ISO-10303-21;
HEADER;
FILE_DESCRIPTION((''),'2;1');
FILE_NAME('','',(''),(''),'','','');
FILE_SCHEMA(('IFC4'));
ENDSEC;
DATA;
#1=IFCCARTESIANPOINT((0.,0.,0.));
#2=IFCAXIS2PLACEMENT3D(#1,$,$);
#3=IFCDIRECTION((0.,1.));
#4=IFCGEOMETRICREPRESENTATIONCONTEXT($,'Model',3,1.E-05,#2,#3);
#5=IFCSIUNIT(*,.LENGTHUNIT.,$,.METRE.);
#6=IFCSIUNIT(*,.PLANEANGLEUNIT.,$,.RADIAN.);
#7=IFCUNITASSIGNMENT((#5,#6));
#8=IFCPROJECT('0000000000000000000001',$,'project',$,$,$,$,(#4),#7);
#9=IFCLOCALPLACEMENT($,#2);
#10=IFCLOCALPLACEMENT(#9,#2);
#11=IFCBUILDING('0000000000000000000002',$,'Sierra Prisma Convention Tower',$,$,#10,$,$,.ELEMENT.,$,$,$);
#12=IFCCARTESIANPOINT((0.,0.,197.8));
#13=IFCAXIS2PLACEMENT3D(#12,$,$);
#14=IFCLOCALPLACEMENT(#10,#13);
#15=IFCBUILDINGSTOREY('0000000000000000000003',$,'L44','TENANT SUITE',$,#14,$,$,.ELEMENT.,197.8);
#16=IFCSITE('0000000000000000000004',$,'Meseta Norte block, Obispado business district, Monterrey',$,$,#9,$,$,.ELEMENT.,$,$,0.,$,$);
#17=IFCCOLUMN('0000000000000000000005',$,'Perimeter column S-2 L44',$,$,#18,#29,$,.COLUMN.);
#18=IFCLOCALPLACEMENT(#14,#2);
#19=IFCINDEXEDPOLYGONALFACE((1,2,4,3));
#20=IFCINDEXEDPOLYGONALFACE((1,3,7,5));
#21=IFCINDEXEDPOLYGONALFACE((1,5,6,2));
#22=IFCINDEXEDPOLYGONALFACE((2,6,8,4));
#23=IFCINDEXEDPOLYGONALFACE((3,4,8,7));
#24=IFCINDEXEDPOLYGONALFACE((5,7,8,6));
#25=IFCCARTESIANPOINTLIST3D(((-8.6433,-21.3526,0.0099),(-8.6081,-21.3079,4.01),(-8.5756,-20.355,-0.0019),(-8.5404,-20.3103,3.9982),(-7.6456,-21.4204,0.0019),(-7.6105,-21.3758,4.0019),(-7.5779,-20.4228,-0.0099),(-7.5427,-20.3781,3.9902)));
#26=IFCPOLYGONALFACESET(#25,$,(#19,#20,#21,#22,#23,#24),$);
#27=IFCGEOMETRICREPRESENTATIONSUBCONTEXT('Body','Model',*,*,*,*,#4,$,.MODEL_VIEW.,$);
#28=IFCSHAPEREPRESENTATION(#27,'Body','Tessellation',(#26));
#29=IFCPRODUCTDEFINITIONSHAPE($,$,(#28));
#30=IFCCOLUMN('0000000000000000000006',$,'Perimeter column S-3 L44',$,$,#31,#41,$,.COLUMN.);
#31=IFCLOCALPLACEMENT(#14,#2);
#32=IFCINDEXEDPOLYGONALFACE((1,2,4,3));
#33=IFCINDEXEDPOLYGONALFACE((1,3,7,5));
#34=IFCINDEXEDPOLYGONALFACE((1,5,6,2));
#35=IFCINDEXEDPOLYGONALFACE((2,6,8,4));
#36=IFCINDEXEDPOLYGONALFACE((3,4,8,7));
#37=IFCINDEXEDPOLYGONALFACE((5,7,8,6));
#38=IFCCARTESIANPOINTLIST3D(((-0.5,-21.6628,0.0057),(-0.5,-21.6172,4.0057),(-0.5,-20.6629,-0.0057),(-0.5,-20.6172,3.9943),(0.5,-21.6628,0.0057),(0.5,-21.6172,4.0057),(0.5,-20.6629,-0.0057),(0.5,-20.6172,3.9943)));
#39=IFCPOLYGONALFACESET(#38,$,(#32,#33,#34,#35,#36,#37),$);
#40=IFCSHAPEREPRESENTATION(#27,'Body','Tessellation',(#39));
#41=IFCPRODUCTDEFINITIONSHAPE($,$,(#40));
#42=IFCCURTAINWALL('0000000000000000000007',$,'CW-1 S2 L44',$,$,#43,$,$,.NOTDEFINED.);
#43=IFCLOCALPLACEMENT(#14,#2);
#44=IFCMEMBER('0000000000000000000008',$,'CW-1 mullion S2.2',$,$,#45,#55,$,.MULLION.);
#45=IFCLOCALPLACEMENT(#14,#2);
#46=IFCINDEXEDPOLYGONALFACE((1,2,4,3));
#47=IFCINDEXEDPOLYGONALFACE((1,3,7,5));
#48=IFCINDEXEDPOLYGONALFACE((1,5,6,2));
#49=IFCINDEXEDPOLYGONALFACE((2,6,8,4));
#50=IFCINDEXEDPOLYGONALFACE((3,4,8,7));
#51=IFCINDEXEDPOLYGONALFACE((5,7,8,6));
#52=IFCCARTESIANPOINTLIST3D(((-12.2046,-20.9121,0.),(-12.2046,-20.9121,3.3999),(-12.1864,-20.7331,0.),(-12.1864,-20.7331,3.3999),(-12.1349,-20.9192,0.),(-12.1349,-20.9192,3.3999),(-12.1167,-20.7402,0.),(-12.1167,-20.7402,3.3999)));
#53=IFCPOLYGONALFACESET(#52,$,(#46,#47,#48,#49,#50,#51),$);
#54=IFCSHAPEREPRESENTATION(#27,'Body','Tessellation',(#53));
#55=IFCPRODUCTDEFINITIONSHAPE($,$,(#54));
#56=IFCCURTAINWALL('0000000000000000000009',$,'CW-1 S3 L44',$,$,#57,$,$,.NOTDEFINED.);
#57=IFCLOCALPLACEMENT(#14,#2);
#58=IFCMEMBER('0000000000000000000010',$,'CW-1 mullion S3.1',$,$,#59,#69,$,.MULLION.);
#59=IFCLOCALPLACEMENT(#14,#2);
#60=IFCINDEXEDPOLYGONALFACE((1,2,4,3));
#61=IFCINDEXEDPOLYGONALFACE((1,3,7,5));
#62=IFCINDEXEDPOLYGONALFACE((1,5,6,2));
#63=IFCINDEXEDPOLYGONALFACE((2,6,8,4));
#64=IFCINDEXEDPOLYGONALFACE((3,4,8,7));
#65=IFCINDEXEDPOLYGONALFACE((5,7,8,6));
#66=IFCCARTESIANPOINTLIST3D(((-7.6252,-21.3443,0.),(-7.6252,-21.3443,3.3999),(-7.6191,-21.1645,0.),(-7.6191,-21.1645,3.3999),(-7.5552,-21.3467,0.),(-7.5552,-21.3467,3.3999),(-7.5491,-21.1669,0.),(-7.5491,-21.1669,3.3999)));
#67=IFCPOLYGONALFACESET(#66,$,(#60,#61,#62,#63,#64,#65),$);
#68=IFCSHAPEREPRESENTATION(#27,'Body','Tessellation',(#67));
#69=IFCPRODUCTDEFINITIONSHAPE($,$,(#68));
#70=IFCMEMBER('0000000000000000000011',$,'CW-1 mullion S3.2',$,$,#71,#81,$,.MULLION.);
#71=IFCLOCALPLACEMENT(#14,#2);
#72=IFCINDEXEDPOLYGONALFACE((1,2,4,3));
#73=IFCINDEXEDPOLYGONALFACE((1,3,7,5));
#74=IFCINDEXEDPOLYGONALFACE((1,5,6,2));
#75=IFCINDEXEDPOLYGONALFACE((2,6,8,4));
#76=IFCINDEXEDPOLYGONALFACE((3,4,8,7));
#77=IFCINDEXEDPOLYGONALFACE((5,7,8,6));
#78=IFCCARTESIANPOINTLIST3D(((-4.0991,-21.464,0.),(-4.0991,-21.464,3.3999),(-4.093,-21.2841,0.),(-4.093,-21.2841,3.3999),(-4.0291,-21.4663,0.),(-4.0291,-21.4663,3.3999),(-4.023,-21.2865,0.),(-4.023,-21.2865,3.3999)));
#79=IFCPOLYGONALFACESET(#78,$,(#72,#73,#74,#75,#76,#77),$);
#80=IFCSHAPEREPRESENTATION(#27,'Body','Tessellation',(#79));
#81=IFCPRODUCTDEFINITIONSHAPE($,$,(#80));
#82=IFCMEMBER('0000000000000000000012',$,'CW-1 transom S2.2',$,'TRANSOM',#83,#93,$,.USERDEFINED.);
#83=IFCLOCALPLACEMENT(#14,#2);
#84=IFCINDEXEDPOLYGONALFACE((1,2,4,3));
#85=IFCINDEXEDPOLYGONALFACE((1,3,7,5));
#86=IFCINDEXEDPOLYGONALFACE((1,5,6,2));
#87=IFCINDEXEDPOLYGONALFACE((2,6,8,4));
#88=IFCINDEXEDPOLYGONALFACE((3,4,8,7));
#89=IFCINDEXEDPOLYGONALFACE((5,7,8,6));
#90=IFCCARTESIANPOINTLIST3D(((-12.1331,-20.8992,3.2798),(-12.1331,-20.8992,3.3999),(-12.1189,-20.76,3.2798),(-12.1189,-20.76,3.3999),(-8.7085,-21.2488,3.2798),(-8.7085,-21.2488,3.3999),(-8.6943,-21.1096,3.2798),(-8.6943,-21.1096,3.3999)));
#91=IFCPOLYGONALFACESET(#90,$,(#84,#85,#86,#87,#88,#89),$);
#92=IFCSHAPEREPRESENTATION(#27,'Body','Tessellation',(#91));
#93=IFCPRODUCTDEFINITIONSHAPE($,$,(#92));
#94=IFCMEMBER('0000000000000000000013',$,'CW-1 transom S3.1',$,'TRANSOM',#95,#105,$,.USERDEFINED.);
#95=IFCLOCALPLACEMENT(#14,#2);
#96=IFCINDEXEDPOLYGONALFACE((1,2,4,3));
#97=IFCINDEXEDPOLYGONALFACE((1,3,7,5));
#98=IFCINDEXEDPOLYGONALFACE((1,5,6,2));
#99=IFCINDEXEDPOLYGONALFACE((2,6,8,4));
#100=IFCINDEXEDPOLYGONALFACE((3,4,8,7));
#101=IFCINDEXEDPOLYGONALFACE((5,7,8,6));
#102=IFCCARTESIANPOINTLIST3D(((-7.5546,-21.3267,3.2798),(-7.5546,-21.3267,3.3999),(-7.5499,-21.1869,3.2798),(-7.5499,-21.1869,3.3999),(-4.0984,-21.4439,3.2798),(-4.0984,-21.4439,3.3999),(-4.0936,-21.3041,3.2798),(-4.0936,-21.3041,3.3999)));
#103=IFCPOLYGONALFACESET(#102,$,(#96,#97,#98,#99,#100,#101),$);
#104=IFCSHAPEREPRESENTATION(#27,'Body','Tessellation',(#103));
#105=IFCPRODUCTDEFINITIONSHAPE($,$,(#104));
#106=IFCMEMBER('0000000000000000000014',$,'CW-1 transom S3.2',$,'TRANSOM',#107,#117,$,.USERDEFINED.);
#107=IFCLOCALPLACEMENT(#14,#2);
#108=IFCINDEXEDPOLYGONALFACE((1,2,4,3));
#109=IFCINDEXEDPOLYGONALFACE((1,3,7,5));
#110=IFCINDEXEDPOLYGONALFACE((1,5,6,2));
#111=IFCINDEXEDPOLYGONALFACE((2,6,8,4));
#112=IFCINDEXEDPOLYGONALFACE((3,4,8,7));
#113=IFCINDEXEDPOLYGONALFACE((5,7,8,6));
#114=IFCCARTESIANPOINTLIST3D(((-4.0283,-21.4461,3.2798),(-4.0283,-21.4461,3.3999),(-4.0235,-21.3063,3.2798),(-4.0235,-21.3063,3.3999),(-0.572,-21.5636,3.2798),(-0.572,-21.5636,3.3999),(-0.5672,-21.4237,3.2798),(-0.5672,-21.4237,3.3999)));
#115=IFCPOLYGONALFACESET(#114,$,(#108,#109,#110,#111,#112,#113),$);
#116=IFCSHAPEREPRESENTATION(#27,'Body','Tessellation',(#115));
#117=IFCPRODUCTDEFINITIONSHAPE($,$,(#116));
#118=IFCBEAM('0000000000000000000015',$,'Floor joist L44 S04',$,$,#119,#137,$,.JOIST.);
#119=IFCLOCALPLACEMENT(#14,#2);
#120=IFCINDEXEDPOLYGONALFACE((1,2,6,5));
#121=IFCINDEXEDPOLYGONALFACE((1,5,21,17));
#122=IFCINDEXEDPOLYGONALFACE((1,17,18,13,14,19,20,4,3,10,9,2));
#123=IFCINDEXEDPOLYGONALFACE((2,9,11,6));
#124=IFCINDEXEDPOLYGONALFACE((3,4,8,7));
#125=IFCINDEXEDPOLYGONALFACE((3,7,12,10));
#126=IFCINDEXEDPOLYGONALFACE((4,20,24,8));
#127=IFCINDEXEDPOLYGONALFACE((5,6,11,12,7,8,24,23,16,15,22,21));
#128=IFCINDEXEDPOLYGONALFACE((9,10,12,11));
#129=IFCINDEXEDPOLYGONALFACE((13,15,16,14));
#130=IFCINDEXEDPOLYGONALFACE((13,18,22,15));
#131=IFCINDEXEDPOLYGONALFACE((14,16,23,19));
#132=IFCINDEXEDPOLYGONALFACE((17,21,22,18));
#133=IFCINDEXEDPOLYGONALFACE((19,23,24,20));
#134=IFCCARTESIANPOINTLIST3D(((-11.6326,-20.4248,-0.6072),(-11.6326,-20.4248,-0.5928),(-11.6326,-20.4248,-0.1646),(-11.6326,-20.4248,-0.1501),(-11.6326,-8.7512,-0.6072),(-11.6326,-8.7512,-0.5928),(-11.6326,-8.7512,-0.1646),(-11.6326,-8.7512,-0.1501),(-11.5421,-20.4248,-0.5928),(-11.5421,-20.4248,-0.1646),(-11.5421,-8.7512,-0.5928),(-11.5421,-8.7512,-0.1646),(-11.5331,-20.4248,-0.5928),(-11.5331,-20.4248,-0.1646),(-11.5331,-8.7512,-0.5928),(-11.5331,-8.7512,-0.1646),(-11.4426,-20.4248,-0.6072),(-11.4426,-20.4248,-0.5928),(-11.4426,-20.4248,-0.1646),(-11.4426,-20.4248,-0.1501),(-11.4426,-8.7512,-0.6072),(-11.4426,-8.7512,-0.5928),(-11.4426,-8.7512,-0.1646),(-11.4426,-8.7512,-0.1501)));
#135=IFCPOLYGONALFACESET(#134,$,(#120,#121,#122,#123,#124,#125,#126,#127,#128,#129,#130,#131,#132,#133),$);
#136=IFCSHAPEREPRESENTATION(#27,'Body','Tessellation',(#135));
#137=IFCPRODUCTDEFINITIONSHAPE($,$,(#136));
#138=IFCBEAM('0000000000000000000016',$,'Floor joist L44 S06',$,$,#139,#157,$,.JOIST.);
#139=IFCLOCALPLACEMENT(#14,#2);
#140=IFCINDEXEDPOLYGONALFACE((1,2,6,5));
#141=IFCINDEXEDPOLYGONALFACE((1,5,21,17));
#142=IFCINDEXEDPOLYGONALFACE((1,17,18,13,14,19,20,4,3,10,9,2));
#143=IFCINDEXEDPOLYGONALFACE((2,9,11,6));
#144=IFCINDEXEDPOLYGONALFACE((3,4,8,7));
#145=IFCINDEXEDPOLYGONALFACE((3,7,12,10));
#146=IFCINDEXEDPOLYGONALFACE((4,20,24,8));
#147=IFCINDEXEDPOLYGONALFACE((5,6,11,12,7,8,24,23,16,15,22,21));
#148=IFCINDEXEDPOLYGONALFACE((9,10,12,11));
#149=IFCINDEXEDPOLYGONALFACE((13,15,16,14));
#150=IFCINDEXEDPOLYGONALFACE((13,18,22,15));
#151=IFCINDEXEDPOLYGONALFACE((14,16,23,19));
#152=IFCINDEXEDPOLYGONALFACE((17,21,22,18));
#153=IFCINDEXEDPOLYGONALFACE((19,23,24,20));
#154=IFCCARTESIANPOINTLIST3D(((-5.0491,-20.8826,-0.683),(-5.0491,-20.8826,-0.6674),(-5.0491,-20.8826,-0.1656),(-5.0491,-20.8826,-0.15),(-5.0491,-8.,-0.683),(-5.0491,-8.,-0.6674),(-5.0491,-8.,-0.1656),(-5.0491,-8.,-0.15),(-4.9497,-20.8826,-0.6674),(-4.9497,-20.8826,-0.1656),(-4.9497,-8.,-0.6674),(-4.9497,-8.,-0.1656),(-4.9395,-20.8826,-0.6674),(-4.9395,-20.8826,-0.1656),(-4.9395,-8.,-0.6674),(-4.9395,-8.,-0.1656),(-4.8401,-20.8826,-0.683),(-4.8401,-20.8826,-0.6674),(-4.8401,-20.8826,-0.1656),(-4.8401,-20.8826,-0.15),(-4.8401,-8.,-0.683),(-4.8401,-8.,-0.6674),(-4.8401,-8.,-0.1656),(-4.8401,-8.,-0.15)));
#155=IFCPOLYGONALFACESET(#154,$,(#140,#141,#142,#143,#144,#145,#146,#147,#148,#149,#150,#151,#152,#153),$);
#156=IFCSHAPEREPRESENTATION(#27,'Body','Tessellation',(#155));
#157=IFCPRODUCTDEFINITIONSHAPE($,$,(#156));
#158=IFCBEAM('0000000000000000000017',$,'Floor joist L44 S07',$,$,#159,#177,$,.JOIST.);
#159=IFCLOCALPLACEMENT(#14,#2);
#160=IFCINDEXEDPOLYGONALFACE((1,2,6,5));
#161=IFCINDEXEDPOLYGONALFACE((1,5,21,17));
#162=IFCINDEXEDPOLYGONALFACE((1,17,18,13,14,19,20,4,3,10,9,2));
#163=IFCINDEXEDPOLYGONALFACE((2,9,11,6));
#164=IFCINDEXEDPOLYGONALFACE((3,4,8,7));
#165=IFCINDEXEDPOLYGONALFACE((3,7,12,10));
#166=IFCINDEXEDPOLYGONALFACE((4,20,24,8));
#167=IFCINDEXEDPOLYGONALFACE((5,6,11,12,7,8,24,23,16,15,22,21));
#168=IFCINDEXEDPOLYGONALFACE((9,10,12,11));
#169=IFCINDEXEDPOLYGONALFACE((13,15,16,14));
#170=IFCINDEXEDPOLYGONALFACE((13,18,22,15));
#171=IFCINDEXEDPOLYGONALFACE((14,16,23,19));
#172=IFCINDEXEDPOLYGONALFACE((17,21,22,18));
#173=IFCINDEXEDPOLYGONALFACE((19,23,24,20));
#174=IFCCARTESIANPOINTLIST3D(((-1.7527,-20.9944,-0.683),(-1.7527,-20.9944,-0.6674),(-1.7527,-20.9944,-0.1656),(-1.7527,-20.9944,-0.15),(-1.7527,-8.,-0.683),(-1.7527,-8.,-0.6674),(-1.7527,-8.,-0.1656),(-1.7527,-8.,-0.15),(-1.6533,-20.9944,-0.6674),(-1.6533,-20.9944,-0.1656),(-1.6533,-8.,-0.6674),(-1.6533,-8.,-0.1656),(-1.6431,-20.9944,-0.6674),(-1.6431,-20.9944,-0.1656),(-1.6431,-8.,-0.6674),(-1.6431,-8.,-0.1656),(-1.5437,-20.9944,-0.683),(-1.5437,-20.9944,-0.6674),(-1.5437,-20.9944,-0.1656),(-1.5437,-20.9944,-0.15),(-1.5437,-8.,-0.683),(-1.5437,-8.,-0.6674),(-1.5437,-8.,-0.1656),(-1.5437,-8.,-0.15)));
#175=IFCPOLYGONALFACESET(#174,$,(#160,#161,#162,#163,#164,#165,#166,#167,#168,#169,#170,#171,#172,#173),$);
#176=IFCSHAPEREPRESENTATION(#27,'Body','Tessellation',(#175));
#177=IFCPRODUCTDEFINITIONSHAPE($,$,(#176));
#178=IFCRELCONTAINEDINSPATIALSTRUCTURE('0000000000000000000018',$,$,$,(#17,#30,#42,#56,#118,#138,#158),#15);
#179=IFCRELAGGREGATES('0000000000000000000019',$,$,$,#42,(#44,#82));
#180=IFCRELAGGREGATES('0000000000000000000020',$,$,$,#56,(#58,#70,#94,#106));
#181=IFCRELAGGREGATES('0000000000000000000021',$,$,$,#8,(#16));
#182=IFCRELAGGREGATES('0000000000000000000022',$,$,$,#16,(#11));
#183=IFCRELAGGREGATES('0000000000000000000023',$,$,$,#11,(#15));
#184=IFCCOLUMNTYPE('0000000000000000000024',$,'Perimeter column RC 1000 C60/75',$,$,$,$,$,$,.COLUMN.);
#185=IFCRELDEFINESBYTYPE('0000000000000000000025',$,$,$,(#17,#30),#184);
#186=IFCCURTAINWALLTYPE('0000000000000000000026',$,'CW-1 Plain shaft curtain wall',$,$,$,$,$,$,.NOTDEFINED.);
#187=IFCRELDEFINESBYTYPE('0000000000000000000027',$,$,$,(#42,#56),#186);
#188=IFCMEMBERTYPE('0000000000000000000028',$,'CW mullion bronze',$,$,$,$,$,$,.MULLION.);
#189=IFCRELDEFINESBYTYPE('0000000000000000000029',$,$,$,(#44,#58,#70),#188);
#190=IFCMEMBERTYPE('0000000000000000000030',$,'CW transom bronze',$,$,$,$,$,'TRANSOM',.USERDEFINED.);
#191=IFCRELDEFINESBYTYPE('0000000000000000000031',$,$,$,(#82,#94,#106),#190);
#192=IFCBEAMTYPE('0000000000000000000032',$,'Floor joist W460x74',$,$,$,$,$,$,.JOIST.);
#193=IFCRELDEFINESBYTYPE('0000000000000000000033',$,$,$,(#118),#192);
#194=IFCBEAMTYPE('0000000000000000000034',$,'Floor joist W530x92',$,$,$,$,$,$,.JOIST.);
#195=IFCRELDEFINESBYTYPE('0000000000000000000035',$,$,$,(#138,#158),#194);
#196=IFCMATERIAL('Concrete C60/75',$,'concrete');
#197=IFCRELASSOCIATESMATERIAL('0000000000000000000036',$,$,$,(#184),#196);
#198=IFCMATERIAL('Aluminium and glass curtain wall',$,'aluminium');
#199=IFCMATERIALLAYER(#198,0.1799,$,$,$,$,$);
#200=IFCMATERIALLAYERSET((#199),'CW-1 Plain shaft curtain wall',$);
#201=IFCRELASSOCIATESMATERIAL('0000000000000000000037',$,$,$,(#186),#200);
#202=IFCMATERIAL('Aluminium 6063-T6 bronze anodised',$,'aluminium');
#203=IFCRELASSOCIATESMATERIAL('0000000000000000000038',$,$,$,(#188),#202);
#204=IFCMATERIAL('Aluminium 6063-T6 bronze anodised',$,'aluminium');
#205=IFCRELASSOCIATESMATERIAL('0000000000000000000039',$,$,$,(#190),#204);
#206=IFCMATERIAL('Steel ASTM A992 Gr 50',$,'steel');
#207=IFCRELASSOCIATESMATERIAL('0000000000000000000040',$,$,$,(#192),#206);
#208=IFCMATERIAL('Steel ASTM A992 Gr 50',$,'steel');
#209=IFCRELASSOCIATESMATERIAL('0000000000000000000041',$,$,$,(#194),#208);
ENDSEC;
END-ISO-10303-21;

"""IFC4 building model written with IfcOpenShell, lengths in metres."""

from ifc_helpers import new_model, si_unit, direction, frame, origin, origin_2d, place, context, subcontext, project, spatial, rectangle, i_section, extrude, material, layer, layer_set, material_profile, profile_set, type_object, element, aggregate, save


model = new_model("IFC4")

# Units and contexts
model_context = context("Model", 3, precision=1e-05, world=origin(), true_north=direction((0.0, 1.0)))
body_context = subcontext(model_context, "Body", "Model", "MODEL_VIEW")
ifc_project = project(units=[si_unit("LENGTHUNIT", "METRE"), si_unit("PLANEANGLEUNIT", "RADIAN")], contexts=[model_context])

# Site, building, storey
site_placement = place(None, origin())
site = spatial("IfcSite", under=ifc_project, at=site_placement, Name="Meseta Norte block, Obispado business district, Monterrey", CompositionType="ELEMENT", RefElevation=0.0)
building_placement = place(site_placement, origin())
building = spatial("IfcBuilding", under=site, at=building_placement, Name="Sierra Prisma Convention Tower", CompositionType="ELEMENT")
storey_placement = place(building_placement, frame((0.0, 0.0, 197.8)))
storey = spatial("IfcBuildingStorey", under=building, at=storey_placement, Name="L44", Description="TENANT SUITE", CompositionType="ELEMENT", Elevation=197.8)

# Columns
ifc_material_1 = material(Name="Concrete C60/75", Category="concrete")
ifc_material_profile_1 = material_profile(ifc_material_1, rectangle(XDim=1.0, YDim=1.0, at=origin_2d()), Name="Perimeter column RC 1000 C60/75")
ifc_profile_set_1 = profile_set([ifc_material_profile_1], Name="Concrete C60/75")
column_type = type_object("IfcColumnType", Name="Perimeter column RC 1000 C60/75", PredefinedType="COLUMN", material=ifc_profile_set_1)
column_1_placement = place(storey_placement, frame((-8.1106, -20.8877, 0.0), z_axis=(0.008788, 0.011168, 0.999899), x_axis=(-0.997664, 0.067841, 0.008011)))
element("IfcColumn", 1, at=column_1_placement, inside=storey, type_object=column_type, Name="Perimeter column S-2 L44", PredefinedType="COLUMN", context=body_context, shape_type="SweptSolid", body=[
    extrude(rectangle(XDim=1.0, YDim=1.0, at=origin_2d()), origin(), (0.0, 0.0, 1.0), 4.0005),
])
column_2_placement = place(storey_placement, frame((0.0, -21.1628, 0.0), z_axis=(0.0, 0.011413, 0.999935), x_axis=(1.0, 0.0, 0.0)))
element("IfcColumn", 2, at=column_2_placement, inside=storey, type_object=column_type, Name="Perimeter column S-3 L44", PredefinedType="COLUMN", context=body_context, shape_type="SweptSolid", body=[
    extrude(rectangle(XDim=1.0, YDim=1.0, at=origin_2d()), origin(), (0.0, 0.0, 1.0), 4.0002),
])

# Curtain wall, member
ifc_material_2 = material(Name="Aluminium and glass curtain wall", Category="aluminium")
ifc_layer_1 = layer(ifc_material_2, 0.1799)
ifc_layer_set_1 = layer_set([ifc_layer_1], Name="CW-1 Plain shaft curtain wall")
curtain_wall_type = type_object("IfcCurtainWallType", Name="CW-1 Plain shaft curtain wall", PredefinedType="NOTDEFINED", material=ifc_layer_set_1)
curtain_wall_1_placement = place(storey_placement, origin())
curtain_wall_1 = element("IfcCurtainWall", 3, at=curtain_wall_1_placement, inside=storey, type_object=curtain_wall_type, Name="CW-1 S2 L44", PredefinedType="NOTDEFINED")
ifc_material_3 = material(Name="Aluminium 6063-T6 bronze anodised", Category="aluminium")
ifc_material_profile_2 = material_profile(ifc_material_3, rectangle(XDim=0.1799, YDim=0.0701, at=origin_2d()), Name="ALU MULLION 70x180")
ifc_profile_set_2 = profile_set([ifc_material_profile_2], Name="Aluminium 6063-T6 bronze anodised")
member_type_1 = type_object("IfcMemberType", Name="CW mullion bronze", PredefinedType="MULLION", material=ifc_profile_set_2)
member_1_placement = place(storey_placement, frame((-12.1606, -20.8262, 0.0), z_axis=(0.0, 0.0, 1.0), x_axis=(0.101523, 0.994833, 0.0)))
member_1 = element("IfcMember", 4, at=member_1_placement, type_object=member_type_1, Name="CW-1 mullion S2.2", PredefinedType="MULLION", context=body_context, shape_type="SweptSolid", body=[
    extrude(rectangle(XDim=0.1799, YDim=0.0701, at=origin_2d()), origin(), (0.0, 0.0, 1.0), 3.3999),
])

# Curtain wall, members
curtain_wall_2_placement = place(storey_placement, origin())
curtain_wall_2 = element("IfcCurtainWall", 5, at=curtain_wall_2_placement, inside=storey, type_object=curtain_wall_type, Name="CW-1 S3 L44", PredefinedType="NOTDEFINED")
member_2_placement = place(storey_placement, frame((-7.5872, -21.2556, 0.0), z_axis=(0.0, 0.0, 1.0), x_axis=(0.033893, 0.999425, 0.0)))
member_2 = element("IfcMember", 6, at=member_2_placement, type_object=member_type_1, Name="CW-1 mullion S3.1", PredefinedType="MULLION", context=body_context, shape_type="SweptSolid", body=[
    extrude(rectangle(XDim=0.1799, YDim=0.0701, at=origin_2d()), origin(), (0.0, 0.0, 1.0), 3.3999),
])
member_3_placement = place(storey_placement, frame((-4.061, -21.3752, 0.0), z_axis=(0.0, 0.0, 1.0), x_axis=(0.033893, 0.999425, 0.0)))
member_3 = element("IfcMember", 7, at=member_3_placement, type_object=member_type_1, Name="CW-1 mullion S3.2", PredefinedType="MULLION", context=body_context, shape_type="SweptSolid", body=[
    extrude(rectangle(XDim=0.1799, YDim=0.0701, at=origin_2d()), origin(), (0.0, 0.0, 1.0), 3.3999),
])

# Members
ifc_material_4 = material(Name="Aluminium 6063-T6 bronze anodised", Category="aluminium")
ifc_material_profile_3 = material_profile(ifc_material_4, rectangle(XDim=0.1399, YDim=0.1201, at=origin_2d()), Name="ALU TRANSOM 120x140")
ifc_profile_set_3 = profile_set([ifc_material_profile_3], Name="Aluminium 6063-T6 bronze anodised")
member_type_2 = type_object("IfcMemberType", Name="CW transom bronze", ElementType="TRANSOM", PredefinedType="USERDEFINED", material=ifc_profile_set_3)
member_4_placement = place(storey_placement, frame((-12.126, -20.8296, 3.3398), z_axis=(0.994829, -0.101561, 0.0), x_axis=(0.101561, 0.994829, 0.0)))
member_4 = element("IfcMember", 8, at=member_4_placement, type_object=member_type_2, Name="CW-1 transom S2.2", ObjectType="TRANSOM", PredefinedType="USERDEFINED", context=body_context, shape_type="SweptSolid", body=[
    extrude(rectangle(XDim=0.1399, YDim=0.1201, at=origin_2d()), origin(), (0.0, 0.0, 1.0), 3.4424),
])
member_5_placement = place(storey_placement, frame((-7.5522, -21.2568, 3.3398), z_axis=(0.999426, -0.033886, 0.0), x_axis=(0.033886, 0.999426, 0.0)))
member_5 = element("IfcMember", 9, at=member_5_placement, type_object=member_type_2, Name="CW-1 transom S3.1", ObjectType="TRANSOM", PredefinedType="USERDEFINED", context=body_context, shape_type="SweptSolid", body=[
    extrude(rectangle(XDim=0.1399, YDim=0.1201, at=origin_2d()), origin(), (0.0, 0.0, 1.0), 3.4583),
])
member_6_placement = place(storey_placement, frame((-4.0259, -21.3762, 3.3398), z_axis=(0.999423, -0.033957, 0.0), x_axis=(0.033957, 0.999423, 0.0)))
member_6 = element("IfcMember", 10, at=member_6_placement, type_object=member_type_2, Name="CW-1 transom S3.2", ObjectType="TRANSOM", PredefinedType="USERDEFINED", context=body_context, shape_type="SweptSolid", body=[
    extrude(rectangle(XDim=0.1399, YDim=0.1201, at=origin_2d()), origin(), (0.0, 0.0, 1.0), 3.4583),
])

# Beams
ifc_material_5 = material(Name="Steel ASTM A992 Gr 50", Category="steel")
ifc_material_profile_4 = material_profile(ifc_material_5, i_section(OverallWidth=0.1899, OverallDepth=0.457, WebThickness=0.009, FlangeThickness=0.0144, at=origin_2d()), Name="W460x74")
ifc_profile_set_4 = profile_set([ifc_material_profile_4], Name="Steel ASTM A992 Gr 50")
beam_type_1 = type_object("IfcBeamType", Name="Floor joist W460x74", PredefinedType="JOIST", material=ifc_profile_set_4)
beam_1_placement = place(storey_placement, frame((-11.5376, -20.4248, -0.3787), z_axis=(0.0, 1.0, 0.0), x_axis=(-1.0, 0.0, 0.0)))
element("IfcBeam", 11, at=beam_1_placement, inside=storey, type_object=beam_type_1, Name="Floor joist L44 S04", PredefinedType="JOIST", context=body_context, shape_type="SweptSolid", body=[
    extrude(i_section(OverallWidth=0.1899, OverallDepth=0.457, WebThickness=0.009, FlangeThickness=0.0144, at=origin_2d()), origin(), (0.0, 0.0, 1.0), 11.6736),
])
ifc_material_6 = material(Name="Steel ASTM A992 Gr 50", Category="steel")
ifc_material_profile_5 = material_profile(ifc_material_6, i_section(OverallWidth=0.209, OverallDepth=0.533, WebThickness=0.0103, FlangeThickness=0.0156, at=origin_2d()), Name="W530x92")
ifc_profile_set_5 = profile_set([ifc_material_profile_5], Name="Steel ASTM A992 Gr 50")
beam_type_2 = type_object("IfcBeamType", Name="Floor joist W530x92", PredefinedType="JOIST", material=ifc_profile_set_5)
beam_2_placement = place(storey_placement, frame((-4.9446, -20.8826, -0.4165), z_axis=(0.0, 1.0, 0.0), x_axis=(-1.0, 0.0, 0.0)))
element("IfcBeam", 12, at=beam_2_placement, inside=storey, type_object=beam_type_2, Name="Floor joist L44 S06", PredefinedType="JOIST", context=body_context, shape_type="SweptSolid", body=[
    extrude(i_section(OverallWidth=0.209, OverallDepth=0.533, WebThickness=0.0103, FlangeThickness=0.0156, at=origin_2d()), origin(), (0.0, 0.0, 1.0), 12.8826),
])
beam_3_placement = place(storey_placement, frame((-1.6482, -20.9944, -0.4165), z_axis=(0.0, 1.0, 0.0), x_axis=(-1.0, 0.0, 0.0)))
element("IfcBeam", 13, at=beam_3_placement, inside=storey, type_object=beam_type_2, Name="Floor joist L44 S07", PredefinedType="JOIST", context=body_context, shape_type="SweptSolid", body=[
    extrude(i_section(OverallWidth=0.209, OverallDepth=0.533, WebThickness=0.0103, FlangeThickness=0.0156, at=origin_2d()), origin(), (0.0, 0.0, 1.0), 12.9944),
])

aggregate(curtain_wall_1, [member_1, member_4])
aggregate(curtain_wall_2, [member_2, member_3, member_5, member_6])

save(model, "model.ifc")
